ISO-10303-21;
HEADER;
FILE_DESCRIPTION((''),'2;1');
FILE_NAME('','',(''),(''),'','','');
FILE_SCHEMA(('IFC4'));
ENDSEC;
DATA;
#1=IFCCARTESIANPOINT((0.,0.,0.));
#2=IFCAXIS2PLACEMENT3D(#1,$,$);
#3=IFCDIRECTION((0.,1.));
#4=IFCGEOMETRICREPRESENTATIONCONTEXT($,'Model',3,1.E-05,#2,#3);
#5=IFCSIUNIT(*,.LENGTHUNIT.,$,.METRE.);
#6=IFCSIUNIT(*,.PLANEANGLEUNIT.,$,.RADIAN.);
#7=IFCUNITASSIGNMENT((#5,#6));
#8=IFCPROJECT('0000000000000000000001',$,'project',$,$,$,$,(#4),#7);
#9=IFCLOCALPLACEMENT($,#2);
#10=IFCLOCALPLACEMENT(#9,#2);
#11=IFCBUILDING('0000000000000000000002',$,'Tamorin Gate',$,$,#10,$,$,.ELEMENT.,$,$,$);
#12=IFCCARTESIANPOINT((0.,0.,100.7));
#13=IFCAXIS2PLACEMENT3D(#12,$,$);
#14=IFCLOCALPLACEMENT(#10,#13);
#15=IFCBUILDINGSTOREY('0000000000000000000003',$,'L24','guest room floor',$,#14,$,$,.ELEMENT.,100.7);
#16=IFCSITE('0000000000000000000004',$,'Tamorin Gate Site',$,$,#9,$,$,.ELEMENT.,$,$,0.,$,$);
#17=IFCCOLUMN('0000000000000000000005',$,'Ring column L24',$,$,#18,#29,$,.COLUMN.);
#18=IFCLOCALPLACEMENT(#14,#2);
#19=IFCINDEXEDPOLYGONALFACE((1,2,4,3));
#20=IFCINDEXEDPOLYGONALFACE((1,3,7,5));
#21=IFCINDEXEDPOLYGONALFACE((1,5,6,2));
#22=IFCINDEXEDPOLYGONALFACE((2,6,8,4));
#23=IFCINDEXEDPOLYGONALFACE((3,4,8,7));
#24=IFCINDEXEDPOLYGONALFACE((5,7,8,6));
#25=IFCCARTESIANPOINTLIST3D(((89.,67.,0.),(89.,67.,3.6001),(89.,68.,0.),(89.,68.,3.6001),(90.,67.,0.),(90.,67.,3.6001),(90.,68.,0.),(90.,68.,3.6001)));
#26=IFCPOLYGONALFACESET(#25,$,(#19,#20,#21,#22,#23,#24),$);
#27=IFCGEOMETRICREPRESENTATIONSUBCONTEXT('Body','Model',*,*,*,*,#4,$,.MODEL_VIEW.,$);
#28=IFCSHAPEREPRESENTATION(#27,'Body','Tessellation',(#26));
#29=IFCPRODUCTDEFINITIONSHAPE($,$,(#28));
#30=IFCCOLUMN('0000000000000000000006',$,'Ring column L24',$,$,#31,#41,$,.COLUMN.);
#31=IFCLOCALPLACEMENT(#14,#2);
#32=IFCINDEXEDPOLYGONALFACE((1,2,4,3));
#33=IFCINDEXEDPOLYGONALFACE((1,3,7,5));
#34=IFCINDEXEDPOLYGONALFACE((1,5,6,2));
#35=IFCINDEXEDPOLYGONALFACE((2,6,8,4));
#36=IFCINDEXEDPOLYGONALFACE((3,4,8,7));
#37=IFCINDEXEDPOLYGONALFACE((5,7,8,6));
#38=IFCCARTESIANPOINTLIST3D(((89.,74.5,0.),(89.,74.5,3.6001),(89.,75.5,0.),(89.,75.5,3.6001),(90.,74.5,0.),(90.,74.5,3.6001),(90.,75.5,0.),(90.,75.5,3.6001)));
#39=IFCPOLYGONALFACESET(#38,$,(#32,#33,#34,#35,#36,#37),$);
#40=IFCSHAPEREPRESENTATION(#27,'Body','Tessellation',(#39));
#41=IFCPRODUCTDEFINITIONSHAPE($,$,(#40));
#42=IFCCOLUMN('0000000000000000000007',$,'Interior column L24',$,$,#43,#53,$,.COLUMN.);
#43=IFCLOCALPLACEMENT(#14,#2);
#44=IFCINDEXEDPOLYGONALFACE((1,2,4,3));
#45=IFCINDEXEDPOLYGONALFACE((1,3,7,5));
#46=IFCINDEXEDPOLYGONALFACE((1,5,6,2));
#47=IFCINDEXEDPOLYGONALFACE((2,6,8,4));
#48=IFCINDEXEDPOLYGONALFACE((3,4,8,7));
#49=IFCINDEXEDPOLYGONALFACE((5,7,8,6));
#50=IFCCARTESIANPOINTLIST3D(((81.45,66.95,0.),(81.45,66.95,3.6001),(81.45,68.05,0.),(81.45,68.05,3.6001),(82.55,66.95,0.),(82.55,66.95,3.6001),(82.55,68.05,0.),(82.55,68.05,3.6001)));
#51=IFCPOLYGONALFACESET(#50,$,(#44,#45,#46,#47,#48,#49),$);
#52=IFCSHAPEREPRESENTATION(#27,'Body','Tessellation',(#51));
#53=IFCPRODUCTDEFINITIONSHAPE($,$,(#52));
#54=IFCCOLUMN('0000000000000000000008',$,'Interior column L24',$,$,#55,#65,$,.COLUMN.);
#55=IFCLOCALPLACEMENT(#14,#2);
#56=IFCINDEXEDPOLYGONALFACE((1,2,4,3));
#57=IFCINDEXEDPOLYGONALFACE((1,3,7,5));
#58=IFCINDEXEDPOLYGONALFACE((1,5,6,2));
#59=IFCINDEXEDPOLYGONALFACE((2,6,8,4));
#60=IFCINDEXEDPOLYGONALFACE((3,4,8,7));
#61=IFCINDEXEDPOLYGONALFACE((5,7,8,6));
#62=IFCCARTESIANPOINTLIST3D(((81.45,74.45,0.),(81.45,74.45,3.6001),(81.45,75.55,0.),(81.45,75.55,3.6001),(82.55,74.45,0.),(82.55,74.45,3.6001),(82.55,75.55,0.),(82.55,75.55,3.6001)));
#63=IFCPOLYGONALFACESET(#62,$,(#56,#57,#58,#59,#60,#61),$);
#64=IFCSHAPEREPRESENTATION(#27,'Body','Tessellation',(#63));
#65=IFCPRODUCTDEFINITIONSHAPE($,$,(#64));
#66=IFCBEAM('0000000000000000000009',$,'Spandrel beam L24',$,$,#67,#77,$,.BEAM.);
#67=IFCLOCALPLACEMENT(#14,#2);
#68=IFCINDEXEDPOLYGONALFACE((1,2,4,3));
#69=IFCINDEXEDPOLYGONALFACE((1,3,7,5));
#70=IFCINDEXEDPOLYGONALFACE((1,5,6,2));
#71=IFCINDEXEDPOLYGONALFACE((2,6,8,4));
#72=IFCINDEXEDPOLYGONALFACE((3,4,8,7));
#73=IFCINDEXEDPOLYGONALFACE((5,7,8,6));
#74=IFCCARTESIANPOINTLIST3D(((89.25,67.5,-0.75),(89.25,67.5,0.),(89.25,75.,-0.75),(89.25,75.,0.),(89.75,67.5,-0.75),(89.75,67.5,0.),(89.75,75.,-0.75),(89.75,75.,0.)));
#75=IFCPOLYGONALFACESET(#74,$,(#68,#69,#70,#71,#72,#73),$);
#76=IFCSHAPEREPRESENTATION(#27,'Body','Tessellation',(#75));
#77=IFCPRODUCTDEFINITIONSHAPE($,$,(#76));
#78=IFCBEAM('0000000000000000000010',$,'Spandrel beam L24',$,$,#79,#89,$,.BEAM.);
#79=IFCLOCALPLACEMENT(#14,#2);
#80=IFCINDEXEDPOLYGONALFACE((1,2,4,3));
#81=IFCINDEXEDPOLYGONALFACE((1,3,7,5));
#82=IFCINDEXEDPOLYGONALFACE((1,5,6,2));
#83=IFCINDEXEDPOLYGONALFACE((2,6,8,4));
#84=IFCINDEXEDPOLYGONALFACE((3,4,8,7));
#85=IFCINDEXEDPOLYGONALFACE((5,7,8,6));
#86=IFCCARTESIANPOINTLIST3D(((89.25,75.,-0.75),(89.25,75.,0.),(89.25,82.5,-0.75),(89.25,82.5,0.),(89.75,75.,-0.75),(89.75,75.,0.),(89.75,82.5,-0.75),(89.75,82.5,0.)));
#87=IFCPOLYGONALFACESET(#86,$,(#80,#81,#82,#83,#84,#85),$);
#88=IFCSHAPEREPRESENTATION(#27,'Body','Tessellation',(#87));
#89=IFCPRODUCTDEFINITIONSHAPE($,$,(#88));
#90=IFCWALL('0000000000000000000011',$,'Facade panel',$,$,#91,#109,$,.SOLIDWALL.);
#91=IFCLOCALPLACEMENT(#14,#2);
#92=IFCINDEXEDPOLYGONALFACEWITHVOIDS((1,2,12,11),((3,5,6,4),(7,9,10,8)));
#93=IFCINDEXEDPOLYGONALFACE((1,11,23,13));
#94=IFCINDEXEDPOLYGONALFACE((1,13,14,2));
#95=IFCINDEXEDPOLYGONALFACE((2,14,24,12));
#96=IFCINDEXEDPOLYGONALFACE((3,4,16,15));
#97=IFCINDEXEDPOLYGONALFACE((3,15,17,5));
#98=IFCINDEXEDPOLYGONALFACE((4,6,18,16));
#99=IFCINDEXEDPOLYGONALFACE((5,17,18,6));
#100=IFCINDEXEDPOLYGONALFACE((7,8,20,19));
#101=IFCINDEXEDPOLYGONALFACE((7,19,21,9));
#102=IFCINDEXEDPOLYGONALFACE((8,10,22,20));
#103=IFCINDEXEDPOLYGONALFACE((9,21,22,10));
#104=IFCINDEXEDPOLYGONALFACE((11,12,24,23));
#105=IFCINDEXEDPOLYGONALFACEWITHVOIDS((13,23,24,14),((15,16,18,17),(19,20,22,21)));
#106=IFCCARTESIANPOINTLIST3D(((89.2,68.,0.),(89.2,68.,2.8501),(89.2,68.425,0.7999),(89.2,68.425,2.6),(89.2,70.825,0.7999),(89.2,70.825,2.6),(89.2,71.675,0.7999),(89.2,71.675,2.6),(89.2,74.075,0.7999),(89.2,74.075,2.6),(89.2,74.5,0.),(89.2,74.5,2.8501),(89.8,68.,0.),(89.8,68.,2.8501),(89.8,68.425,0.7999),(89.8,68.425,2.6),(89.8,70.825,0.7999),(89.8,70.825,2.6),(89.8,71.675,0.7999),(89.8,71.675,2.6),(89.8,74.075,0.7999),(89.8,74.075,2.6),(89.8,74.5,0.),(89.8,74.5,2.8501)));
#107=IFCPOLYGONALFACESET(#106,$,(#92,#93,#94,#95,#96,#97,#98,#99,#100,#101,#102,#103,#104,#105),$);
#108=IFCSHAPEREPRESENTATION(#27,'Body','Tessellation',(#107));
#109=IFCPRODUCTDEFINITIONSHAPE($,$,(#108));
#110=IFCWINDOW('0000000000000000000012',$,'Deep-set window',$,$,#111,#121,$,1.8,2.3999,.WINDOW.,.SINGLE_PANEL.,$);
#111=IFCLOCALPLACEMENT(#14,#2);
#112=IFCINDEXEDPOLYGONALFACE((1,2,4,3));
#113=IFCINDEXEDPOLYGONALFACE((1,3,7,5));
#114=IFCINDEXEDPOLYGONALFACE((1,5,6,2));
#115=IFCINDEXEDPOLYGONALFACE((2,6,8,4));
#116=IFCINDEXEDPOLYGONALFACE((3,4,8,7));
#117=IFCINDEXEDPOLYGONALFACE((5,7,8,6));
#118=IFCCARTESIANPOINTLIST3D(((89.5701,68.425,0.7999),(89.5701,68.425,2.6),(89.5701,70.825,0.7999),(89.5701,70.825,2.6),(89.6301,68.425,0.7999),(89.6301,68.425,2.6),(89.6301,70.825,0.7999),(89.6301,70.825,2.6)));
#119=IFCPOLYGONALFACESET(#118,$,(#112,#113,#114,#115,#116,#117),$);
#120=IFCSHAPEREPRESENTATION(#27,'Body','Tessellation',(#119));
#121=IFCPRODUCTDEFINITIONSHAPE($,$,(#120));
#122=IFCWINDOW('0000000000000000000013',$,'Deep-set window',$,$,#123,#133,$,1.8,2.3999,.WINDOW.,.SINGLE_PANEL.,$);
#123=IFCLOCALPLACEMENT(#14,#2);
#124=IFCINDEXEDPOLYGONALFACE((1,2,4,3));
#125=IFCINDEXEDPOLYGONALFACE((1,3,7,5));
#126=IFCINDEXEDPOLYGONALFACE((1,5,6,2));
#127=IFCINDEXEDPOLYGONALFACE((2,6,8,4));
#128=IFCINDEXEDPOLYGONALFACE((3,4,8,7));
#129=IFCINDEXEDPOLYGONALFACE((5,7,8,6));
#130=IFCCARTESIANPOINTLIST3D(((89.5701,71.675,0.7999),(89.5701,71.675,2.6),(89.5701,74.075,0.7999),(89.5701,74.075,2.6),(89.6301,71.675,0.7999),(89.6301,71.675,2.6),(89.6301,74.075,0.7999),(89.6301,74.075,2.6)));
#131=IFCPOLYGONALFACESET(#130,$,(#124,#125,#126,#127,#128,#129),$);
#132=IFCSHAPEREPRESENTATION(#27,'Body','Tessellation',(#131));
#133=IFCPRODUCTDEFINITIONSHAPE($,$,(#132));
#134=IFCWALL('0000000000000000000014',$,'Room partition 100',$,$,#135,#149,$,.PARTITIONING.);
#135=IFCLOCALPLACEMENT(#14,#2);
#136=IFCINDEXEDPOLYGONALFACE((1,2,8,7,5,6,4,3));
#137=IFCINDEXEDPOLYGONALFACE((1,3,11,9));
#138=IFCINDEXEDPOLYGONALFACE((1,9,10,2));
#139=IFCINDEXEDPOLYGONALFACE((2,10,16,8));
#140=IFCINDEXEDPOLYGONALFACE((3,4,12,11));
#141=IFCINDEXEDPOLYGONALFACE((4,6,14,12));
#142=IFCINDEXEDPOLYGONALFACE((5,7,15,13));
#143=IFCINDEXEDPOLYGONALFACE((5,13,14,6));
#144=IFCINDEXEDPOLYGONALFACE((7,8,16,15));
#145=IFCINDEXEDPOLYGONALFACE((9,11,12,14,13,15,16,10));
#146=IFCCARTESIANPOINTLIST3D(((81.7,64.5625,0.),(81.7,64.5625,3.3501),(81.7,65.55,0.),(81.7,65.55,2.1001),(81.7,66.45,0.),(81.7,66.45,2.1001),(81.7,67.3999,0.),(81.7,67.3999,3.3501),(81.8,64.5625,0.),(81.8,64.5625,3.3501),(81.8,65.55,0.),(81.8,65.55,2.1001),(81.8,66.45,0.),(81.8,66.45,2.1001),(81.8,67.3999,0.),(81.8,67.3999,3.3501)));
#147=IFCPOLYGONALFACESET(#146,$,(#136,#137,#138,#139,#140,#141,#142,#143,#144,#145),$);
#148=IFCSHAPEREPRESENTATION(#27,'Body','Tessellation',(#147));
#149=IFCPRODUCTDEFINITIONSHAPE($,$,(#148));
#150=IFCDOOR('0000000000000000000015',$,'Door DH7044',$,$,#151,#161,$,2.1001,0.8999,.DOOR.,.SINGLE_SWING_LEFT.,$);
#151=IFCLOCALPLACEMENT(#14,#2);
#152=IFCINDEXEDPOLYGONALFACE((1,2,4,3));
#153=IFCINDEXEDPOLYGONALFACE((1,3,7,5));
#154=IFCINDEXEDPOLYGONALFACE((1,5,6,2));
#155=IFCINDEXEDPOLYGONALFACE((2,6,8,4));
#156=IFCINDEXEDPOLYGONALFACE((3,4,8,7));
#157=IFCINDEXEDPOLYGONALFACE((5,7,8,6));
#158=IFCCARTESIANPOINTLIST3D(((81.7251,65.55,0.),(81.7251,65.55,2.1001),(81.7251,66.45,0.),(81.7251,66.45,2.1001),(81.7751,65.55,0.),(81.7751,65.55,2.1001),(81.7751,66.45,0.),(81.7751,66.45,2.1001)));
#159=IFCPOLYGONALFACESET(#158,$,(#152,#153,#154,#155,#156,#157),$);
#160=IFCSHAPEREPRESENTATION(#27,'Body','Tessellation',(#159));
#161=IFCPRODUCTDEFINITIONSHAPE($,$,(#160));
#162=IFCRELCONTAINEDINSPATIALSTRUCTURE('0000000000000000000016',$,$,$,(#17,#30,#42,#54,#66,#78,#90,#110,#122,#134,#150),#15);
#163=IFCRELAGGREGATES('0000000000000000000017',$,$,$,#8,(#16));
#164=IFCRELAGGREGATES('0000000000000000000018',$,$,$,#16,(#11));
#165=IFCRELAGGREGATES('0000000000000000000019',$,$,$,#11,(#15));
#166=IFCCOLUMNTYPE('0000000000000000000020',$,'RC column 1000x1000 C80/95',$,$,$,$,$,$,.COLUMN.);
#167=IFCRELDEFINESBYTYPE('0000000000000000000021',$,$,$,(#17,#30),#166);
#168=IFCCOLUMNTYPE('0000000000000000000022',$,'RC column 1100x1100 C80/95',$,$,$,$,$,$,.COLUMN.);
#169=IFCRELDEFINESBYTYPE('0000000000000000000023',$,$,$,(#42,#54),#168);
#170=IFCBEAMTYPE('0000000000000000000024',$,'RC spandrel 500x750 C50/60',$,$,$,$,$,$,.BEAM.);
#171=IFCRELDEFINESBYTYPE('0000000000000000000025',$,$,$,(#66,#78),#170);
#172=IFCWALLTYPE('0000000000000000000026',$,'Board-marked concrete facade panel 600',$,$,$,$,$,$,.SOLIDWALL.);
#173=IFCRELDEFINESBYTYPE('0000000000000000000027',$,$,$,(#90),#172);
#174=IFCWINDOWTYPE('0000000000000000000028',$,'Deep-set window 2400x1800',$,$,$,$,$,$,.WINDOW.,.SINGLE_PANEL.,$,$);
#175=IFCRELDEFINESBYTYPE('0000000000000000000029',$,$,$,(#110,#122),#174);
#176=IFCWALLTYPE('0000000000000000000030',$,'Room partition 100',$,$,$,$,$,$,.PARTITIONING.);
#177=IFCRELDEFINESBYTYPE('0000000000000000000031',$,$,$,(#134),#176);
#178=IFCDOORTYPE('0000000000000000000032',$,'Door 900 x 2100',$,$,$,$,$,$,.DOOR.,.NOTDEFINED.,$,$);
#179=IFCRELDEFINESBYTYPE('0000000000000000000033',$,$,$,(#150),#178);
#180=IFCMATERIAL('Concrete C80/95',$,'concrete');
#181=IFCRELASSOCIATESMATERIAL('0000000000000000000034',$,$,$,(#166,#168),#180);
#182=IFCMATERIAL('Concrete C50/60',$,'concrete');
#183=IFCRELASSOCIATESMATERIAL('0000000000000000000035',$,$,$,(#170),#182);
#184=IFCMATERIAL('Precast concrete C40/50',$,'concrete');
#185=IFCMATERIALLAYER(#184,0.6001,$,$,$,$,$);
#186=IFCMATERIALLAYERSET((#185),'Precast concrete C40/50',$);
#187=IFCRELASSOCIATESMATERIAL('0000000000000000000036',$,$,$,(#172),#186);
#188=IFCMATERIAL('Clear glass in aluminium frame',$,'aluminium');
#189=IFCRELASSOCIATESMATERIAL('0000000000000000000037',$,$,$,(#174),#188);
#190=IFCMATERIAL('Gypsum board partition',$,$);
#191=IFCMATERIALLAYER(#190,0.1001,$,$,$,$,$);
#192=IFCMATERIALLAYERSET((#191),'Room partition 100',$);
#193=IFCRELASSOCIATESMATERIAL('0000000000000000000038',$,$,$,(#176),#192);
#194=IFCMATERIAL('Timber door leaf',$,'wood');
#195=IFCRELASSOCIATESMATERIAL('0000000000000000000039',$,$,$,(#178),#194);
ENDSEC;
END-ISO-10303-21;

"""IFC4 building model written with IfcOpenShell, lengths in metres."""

from ifc_helpers import new_model, si_unit, direction, frame, frame_2d, origin, origin_2d, place, context, subcontext, project, spatial, rectangle, extrude, material, layer, layer_set, material_profile, profile_set, type_object, element, fill, save


model = new_model("IFC4")

# Units and contexts
model_context = context("Model", 3, precision=1e-05, world=origin(), true_north=direction((0.0, 1.0)))
body_context = subcontext(model_context, "Body", "Model", "MODEL_VIEW")
ifc_project = project(units=[si_unit("LENGTHUNIT", "METRE"), si_unit("PLANEANGLEUNIT", "RADIAN")], contexts=[model_context])

# Site, building, storey
site_placement = place(None, origin())
site = spatial("IfcSite", under=ifc_project, at=site_placement, Name="Tamorin Gate Site", CompositionType="ELEMENT", RefElevation=0.0)
building_placement = place(site_placement, origin())
building = spatial("IfcBuilding", under=site, at=building_placement, Name="Tamorin Gate", CompositionType="ELEMENT")
storey_placement = place(building_placement, frame((0.0, 0.0, 100.7)))
storey = spatial("IfcBuildingStorey", under=building, at=storey_placement, Name="L24", Description="guest room floor", CompositionType="ELEMENT", Elevation=100.7)

# Columns
ifc_material_1 = material(Name="Concrete C80/95", Category="concrete")
ifc_material_profile_1 = material_profile(ifc_material_1, rectangle(XDim=1.0, YDim=1.0, at=origin_2d()), Name="RC 1000x1000")
ifc_profile_set_1 = profile_set([ifc_material_profile_1], Name="Concrete C80/95")
column_type_1 = type_object("IfcColumnType", Name="RC column 1000x1000 C80/95", PredefinedType="COLUMN", material=ifc_profile_set_1)
for number, where, z_axis, x_axis, name in (
    (1, (89.5, 67.5, 0.0), (0.0, 0.0, 1.0), (1.0, 0.0, 0.0), "Ring column L24"),
    (2, (89.5, 75.0, 0.0), (0.0, 0.0, 1.0), (1.0, 0.0, 0.0), "Ring column L24"),
):
    element("IfcColumn", number, at=place(storey_placement, frame(where, z_axis=z_axis, x_axis=x_axis)), inside=storey, type_object=column_type_1, Name=name, PredefinedType="COLUMN", context=body_context, shape_type="SweptSolid", body=[
        extrude(rectangle(XDim=1.0, YDim=1.0, at=origin_2d()), origin(), (0.0, 0.0, 1.0), 3.6001),
    ])
ifc_material_profile_2 = material_profile(ifc_material_1, rectangle(XDim=1.1001, YDim=1.1001, at=origin_2d()), Name="RC 1100x1100")
ifc_profile_set_2 = profile_set([ifc_material_profile_2], Name="Concrete C80/95")
column_type_2 = type_object("IfcColumnType", Name="RC column 1100x1100 C80/95", PredefinedType="COLUMN", material=ifc_profile_set_2)
for number, where, z_axis, x_axis, name in (
    (3, (82.0, 67.5, 0.0), (0.0, 0.0, 1.0), (1.0, 0.0, 0.0), "Interior column L24"),
    (4, (82.0, 75.0, 0.0), (0.0, 0.0, 1.0), (1.0, 0.0, 0.0), "Interior column L24"),
):
    element("IfcColumn", number, at=place(storey_placement, frame(where, z_axis=z_axis, x_axis=x_axis)), inside=storey, type_object=column_type_2, Name=name, PredefinedType="COLUMN", context=body_context, shape_type="SweptSolid", body=[
        extrude(rectangle(XDim=1.1001, YDim=1.1001, at=origin_2d()), origin(), (0.0, 0.0, 1.0), 3.6001),
    ])

# Beams
ifc_material_2 = material(Name="Concrete C50/60", Category="concrete")
ifc_material_profile_3 = material_profile(ifc_material_2, rectangle(XDim=0.5, YDim=0.75, at=origin_2d()), Name="RC 500x750")
ifc_profile_set_3 = profile_set([ifc_material_profile_3], Name="Concrete C50/60")
beam_type = type_object("IfcBeamType", Name="RC spandrel 500x750 C50/60", PredefinedType="BEAM", material=ifc_profile_set_3)
for number, where, z_axis, x_axis, name in (
    (5, (89.5, 67.5, -0.375), (0.0, 1.0, 0.0), (-1.0, 0.0, 0.0), "Spandrel beam L24"),
    (6, (89.5, 75.0, -0.375), (0.0, 1.0, 0.0), (-1.0, 0.0, 0.0), "Spandrel beam L24"),
):
    element("IfcBeam", number, at=place(storey_placement, frame(where, z_axis=z_axis, x_axis=x_axis)), inside=storey, type_object=beam_type, Name=name, PredefinedType="BEAM", context=body_context, shape_type="SweptSolid", body=[
        extrude(rectangle(XDim=0.5, YDim=0.75, at=origin_2d()), origin(), (0.0, 0.0, 1.0), 7.5),
    ])

# Wall, openings, windows
ifc_material_3 = material(Name="Precast concrete C40/50", Category="concrete")
ifc_layer_1 = layer(ifc_material_3, 0.6001)
ifc_layer_set_1 = layer_set([ifc_layer_1], Name="Precast concrete C40/50")
wall_type_1 = type_object("IfcWallType", Name="Board-marked concrete facade panel 600", PredefinedType="SOLIDWALL", material=ifc_layer_set_1)
wall_1_placement = place(storey_placement, frame((89.5, 68.0, 0.0), z_axis=(0.0, 0.0, 1.0), x_axis=(0.0, 1.0, 0.0)))
wall_1 = element("IfcWall", 7, at=wall_1_placement, inside=storey, type_object=wall_type_1, Name="Facade panel", PredefinedType="SOLIDWALL", context=body_context, shape_type="SweptSolid", body=[
    extrude(rectangle(XDim=6.5, YDim=0.6001, at=frame_2d((3.25, 0.0))), origin(), (0.0, 0.0, 1.0), 2.8501),
])
opening_1_placement = place(wall_1_placement, frame((0.425, 0.0, 0.8)))
opening_1 = element("IfcOpeningElement", 8, at=opening_1_placement, cuts=wall_1, PredefinedType="OPENING", context=body_context, shape_type="SweptSolid", body=[
    extrude(rectangle(XDim=2.3999, YDim=1.8, at=frame_2d((1.2, 0.8999))), frame((0.0, 0.3101, 0.0), z_axis=(0.0, -1.0, 0.0), x_axis=(1.0, 0.0, 0.0)), (0.0, 0.0, 1.0), 0.6201),
])
opening_2_placement = place(wall_1_placement, frame((3.675, 0.0, 0.8)))
opening_2 = element("IfcOpeningElement", 9, at=opening_2_placement, cuts=wall_1, PredefinedType="OPENING", context=body_context, shape_type="SweptSolid", body=[
    extrude(rectangle(XDim=2.3999, YDim=1.8, at=frame_2d((1.2, 0.8999))), frame((0.0, 0.3101, 0.0), z_axis=(0.0, -1.0, 0.0), x_axis=(1.0, 0.0, 0.0)), (0.0, 0.0, 1.0), 0.6201),
])
ifc_material_4 = material(Name="Clear glass in aluminium frame", Category="aluminium")
window_type = type_object("IfcWindowType", Name="Deep-set window 2400x1800", PartitioningType="SINGLE_PANEL", PredefinedType="WINDOW", material=ifc_material_4)
window_1_placement = place(opening_1_placement, origin())
window_1 = element("IfcWindow", 10, at=window_1_placement, inside=storey, type_object=window_type, Name="Deep-set window", OverallHeight=1.8, OverallWidth=2.3999, PartitioningType="SINGLE_PANEL", PredefinedType="WINDOW", context=body_context, shape_type="SweptSolid", body=[
    extrude(rectangle(XDim=2.3999, YDim=1.8, at=frame_2d((1.2, 0.8999))), frame((0.0, -0.0701, 0.0), z_axis=(0.0, -1.0, 0.0), x_axis=(1.0, 0.0, 0.0)), (0.0, 0.0, 1.0), 0.0601),
])
fill(opening_1, window_1)
window_2_placement = place(opening_2_placement, origin())
window_2 = element("IfcWindow", 11, at=window_2_placement, inside=storey, type_object=window_type, Name="Deep-set window", OverallHeight=1.8, OverallWidth=2.3999, PartitioningType="SINGLE_PANEL", PredefinedType="WINDOW", context=body_context, shape_type="SweptSolid", body=[
    extrude(rectangle(XDim=2.3999, YDim=1.8, at=frame_2d((1.2, 0.8999))), frame((0.0, -0.0701, 0.0), z_axis=(0.0, -1.0, 0.0), x_axis=(1.0, 0.0, 0.0)), (0.0, 0.0, 1.0), 0.0601),
])
fill(opening_2, window_2)

# Wall, opening, door
ifc_material_5 = material(Name="Gypsum board partition")
ifc_layer_2 = layer(ifc_material_5, 0.1001)
ifc_layer_set_2 = layer_set([ifc_layer_2], Name="Room partition 100")
wall_type_2 = type_object("IfcWallType", Name="Room partition 100", PredefinedType="PARTITIONING", material=ifc_layer_set_2)
wall_2_placement = place(storey_placement, frame((81.75, 64.5625, 0.0), z_axis=(0.0, 0.0, 1.0), x_axis=(0.0, 1.0, 0.0)))
wall_2 = element("IfcWall", 12, at=wall_2_placement, inside=storey, type_object=wall_type_2, Name="Room partition 100", PredefinedType="PARTITIONING", context=body_context, shape_type="SweptSolid", body=[
    extrude(rectangle(XDim=2.8374, YDim=0.1001, at=frame_2d((1.4187, 0.0))), origin(), (0.0, 0.0, 1.0), 3.3501),
])
opening_3_placement = place(wall_2_placement, frame((0.9875, 0.0, 0.0)))
opening_3 = element("IfcOpeningElement", 13, at=opening_3_placement, cuts=wall_2, PredefinedType="OPENING", context=body_context, shape_type="SweptSolid", body=[
    extrude(rectangle(XDim=0.8999, YDim=2.1001, at=frame_2d((0.45, 1.05))), frame((0.0, 0.0601, 0.0), z_axis=(0.0, -1.0, 0.0), x_axis=(1.0, 0.0, 0.0)), (0.0, 0.0, 1.0), 0.1201),
])
ifc_material_6 = material(Name="Timber door leaf", Category="wood")
door_type = type_object("IfcDoorType", Name="Door 900 x 2100", OperationType="NOTDEFINED", PredefinedType="DOOR", material=ifc_material_6)
door_1_placement = place(opening_3_placement, origin())
door_1 = element("IfcDoor", 14, at=door_1_placement, inside=storey, type_object=door_type, Name="Door DH7044", OperationType="SINGLE_SWING_LEFT", OverallHeight=2.1001, OverallWidth=0.8999, PredefinedType="DOOR", context=body_context, shape_type="SweptSolid", body=[
    extrude(rectangle(XDim=0.8999, YDim=2.1001, at=frame_2d((0.45, 1.05))), frame((0.0, 0.0249, 0.0), z_axis=(0.0, -1.0, 0.0), x_axis=(1.0, 0.0, 0.0)), (0.0, 0.0, 1.0), 0.05),
])
fill(opening_3, door_1)

save(model, "model.ifc")
